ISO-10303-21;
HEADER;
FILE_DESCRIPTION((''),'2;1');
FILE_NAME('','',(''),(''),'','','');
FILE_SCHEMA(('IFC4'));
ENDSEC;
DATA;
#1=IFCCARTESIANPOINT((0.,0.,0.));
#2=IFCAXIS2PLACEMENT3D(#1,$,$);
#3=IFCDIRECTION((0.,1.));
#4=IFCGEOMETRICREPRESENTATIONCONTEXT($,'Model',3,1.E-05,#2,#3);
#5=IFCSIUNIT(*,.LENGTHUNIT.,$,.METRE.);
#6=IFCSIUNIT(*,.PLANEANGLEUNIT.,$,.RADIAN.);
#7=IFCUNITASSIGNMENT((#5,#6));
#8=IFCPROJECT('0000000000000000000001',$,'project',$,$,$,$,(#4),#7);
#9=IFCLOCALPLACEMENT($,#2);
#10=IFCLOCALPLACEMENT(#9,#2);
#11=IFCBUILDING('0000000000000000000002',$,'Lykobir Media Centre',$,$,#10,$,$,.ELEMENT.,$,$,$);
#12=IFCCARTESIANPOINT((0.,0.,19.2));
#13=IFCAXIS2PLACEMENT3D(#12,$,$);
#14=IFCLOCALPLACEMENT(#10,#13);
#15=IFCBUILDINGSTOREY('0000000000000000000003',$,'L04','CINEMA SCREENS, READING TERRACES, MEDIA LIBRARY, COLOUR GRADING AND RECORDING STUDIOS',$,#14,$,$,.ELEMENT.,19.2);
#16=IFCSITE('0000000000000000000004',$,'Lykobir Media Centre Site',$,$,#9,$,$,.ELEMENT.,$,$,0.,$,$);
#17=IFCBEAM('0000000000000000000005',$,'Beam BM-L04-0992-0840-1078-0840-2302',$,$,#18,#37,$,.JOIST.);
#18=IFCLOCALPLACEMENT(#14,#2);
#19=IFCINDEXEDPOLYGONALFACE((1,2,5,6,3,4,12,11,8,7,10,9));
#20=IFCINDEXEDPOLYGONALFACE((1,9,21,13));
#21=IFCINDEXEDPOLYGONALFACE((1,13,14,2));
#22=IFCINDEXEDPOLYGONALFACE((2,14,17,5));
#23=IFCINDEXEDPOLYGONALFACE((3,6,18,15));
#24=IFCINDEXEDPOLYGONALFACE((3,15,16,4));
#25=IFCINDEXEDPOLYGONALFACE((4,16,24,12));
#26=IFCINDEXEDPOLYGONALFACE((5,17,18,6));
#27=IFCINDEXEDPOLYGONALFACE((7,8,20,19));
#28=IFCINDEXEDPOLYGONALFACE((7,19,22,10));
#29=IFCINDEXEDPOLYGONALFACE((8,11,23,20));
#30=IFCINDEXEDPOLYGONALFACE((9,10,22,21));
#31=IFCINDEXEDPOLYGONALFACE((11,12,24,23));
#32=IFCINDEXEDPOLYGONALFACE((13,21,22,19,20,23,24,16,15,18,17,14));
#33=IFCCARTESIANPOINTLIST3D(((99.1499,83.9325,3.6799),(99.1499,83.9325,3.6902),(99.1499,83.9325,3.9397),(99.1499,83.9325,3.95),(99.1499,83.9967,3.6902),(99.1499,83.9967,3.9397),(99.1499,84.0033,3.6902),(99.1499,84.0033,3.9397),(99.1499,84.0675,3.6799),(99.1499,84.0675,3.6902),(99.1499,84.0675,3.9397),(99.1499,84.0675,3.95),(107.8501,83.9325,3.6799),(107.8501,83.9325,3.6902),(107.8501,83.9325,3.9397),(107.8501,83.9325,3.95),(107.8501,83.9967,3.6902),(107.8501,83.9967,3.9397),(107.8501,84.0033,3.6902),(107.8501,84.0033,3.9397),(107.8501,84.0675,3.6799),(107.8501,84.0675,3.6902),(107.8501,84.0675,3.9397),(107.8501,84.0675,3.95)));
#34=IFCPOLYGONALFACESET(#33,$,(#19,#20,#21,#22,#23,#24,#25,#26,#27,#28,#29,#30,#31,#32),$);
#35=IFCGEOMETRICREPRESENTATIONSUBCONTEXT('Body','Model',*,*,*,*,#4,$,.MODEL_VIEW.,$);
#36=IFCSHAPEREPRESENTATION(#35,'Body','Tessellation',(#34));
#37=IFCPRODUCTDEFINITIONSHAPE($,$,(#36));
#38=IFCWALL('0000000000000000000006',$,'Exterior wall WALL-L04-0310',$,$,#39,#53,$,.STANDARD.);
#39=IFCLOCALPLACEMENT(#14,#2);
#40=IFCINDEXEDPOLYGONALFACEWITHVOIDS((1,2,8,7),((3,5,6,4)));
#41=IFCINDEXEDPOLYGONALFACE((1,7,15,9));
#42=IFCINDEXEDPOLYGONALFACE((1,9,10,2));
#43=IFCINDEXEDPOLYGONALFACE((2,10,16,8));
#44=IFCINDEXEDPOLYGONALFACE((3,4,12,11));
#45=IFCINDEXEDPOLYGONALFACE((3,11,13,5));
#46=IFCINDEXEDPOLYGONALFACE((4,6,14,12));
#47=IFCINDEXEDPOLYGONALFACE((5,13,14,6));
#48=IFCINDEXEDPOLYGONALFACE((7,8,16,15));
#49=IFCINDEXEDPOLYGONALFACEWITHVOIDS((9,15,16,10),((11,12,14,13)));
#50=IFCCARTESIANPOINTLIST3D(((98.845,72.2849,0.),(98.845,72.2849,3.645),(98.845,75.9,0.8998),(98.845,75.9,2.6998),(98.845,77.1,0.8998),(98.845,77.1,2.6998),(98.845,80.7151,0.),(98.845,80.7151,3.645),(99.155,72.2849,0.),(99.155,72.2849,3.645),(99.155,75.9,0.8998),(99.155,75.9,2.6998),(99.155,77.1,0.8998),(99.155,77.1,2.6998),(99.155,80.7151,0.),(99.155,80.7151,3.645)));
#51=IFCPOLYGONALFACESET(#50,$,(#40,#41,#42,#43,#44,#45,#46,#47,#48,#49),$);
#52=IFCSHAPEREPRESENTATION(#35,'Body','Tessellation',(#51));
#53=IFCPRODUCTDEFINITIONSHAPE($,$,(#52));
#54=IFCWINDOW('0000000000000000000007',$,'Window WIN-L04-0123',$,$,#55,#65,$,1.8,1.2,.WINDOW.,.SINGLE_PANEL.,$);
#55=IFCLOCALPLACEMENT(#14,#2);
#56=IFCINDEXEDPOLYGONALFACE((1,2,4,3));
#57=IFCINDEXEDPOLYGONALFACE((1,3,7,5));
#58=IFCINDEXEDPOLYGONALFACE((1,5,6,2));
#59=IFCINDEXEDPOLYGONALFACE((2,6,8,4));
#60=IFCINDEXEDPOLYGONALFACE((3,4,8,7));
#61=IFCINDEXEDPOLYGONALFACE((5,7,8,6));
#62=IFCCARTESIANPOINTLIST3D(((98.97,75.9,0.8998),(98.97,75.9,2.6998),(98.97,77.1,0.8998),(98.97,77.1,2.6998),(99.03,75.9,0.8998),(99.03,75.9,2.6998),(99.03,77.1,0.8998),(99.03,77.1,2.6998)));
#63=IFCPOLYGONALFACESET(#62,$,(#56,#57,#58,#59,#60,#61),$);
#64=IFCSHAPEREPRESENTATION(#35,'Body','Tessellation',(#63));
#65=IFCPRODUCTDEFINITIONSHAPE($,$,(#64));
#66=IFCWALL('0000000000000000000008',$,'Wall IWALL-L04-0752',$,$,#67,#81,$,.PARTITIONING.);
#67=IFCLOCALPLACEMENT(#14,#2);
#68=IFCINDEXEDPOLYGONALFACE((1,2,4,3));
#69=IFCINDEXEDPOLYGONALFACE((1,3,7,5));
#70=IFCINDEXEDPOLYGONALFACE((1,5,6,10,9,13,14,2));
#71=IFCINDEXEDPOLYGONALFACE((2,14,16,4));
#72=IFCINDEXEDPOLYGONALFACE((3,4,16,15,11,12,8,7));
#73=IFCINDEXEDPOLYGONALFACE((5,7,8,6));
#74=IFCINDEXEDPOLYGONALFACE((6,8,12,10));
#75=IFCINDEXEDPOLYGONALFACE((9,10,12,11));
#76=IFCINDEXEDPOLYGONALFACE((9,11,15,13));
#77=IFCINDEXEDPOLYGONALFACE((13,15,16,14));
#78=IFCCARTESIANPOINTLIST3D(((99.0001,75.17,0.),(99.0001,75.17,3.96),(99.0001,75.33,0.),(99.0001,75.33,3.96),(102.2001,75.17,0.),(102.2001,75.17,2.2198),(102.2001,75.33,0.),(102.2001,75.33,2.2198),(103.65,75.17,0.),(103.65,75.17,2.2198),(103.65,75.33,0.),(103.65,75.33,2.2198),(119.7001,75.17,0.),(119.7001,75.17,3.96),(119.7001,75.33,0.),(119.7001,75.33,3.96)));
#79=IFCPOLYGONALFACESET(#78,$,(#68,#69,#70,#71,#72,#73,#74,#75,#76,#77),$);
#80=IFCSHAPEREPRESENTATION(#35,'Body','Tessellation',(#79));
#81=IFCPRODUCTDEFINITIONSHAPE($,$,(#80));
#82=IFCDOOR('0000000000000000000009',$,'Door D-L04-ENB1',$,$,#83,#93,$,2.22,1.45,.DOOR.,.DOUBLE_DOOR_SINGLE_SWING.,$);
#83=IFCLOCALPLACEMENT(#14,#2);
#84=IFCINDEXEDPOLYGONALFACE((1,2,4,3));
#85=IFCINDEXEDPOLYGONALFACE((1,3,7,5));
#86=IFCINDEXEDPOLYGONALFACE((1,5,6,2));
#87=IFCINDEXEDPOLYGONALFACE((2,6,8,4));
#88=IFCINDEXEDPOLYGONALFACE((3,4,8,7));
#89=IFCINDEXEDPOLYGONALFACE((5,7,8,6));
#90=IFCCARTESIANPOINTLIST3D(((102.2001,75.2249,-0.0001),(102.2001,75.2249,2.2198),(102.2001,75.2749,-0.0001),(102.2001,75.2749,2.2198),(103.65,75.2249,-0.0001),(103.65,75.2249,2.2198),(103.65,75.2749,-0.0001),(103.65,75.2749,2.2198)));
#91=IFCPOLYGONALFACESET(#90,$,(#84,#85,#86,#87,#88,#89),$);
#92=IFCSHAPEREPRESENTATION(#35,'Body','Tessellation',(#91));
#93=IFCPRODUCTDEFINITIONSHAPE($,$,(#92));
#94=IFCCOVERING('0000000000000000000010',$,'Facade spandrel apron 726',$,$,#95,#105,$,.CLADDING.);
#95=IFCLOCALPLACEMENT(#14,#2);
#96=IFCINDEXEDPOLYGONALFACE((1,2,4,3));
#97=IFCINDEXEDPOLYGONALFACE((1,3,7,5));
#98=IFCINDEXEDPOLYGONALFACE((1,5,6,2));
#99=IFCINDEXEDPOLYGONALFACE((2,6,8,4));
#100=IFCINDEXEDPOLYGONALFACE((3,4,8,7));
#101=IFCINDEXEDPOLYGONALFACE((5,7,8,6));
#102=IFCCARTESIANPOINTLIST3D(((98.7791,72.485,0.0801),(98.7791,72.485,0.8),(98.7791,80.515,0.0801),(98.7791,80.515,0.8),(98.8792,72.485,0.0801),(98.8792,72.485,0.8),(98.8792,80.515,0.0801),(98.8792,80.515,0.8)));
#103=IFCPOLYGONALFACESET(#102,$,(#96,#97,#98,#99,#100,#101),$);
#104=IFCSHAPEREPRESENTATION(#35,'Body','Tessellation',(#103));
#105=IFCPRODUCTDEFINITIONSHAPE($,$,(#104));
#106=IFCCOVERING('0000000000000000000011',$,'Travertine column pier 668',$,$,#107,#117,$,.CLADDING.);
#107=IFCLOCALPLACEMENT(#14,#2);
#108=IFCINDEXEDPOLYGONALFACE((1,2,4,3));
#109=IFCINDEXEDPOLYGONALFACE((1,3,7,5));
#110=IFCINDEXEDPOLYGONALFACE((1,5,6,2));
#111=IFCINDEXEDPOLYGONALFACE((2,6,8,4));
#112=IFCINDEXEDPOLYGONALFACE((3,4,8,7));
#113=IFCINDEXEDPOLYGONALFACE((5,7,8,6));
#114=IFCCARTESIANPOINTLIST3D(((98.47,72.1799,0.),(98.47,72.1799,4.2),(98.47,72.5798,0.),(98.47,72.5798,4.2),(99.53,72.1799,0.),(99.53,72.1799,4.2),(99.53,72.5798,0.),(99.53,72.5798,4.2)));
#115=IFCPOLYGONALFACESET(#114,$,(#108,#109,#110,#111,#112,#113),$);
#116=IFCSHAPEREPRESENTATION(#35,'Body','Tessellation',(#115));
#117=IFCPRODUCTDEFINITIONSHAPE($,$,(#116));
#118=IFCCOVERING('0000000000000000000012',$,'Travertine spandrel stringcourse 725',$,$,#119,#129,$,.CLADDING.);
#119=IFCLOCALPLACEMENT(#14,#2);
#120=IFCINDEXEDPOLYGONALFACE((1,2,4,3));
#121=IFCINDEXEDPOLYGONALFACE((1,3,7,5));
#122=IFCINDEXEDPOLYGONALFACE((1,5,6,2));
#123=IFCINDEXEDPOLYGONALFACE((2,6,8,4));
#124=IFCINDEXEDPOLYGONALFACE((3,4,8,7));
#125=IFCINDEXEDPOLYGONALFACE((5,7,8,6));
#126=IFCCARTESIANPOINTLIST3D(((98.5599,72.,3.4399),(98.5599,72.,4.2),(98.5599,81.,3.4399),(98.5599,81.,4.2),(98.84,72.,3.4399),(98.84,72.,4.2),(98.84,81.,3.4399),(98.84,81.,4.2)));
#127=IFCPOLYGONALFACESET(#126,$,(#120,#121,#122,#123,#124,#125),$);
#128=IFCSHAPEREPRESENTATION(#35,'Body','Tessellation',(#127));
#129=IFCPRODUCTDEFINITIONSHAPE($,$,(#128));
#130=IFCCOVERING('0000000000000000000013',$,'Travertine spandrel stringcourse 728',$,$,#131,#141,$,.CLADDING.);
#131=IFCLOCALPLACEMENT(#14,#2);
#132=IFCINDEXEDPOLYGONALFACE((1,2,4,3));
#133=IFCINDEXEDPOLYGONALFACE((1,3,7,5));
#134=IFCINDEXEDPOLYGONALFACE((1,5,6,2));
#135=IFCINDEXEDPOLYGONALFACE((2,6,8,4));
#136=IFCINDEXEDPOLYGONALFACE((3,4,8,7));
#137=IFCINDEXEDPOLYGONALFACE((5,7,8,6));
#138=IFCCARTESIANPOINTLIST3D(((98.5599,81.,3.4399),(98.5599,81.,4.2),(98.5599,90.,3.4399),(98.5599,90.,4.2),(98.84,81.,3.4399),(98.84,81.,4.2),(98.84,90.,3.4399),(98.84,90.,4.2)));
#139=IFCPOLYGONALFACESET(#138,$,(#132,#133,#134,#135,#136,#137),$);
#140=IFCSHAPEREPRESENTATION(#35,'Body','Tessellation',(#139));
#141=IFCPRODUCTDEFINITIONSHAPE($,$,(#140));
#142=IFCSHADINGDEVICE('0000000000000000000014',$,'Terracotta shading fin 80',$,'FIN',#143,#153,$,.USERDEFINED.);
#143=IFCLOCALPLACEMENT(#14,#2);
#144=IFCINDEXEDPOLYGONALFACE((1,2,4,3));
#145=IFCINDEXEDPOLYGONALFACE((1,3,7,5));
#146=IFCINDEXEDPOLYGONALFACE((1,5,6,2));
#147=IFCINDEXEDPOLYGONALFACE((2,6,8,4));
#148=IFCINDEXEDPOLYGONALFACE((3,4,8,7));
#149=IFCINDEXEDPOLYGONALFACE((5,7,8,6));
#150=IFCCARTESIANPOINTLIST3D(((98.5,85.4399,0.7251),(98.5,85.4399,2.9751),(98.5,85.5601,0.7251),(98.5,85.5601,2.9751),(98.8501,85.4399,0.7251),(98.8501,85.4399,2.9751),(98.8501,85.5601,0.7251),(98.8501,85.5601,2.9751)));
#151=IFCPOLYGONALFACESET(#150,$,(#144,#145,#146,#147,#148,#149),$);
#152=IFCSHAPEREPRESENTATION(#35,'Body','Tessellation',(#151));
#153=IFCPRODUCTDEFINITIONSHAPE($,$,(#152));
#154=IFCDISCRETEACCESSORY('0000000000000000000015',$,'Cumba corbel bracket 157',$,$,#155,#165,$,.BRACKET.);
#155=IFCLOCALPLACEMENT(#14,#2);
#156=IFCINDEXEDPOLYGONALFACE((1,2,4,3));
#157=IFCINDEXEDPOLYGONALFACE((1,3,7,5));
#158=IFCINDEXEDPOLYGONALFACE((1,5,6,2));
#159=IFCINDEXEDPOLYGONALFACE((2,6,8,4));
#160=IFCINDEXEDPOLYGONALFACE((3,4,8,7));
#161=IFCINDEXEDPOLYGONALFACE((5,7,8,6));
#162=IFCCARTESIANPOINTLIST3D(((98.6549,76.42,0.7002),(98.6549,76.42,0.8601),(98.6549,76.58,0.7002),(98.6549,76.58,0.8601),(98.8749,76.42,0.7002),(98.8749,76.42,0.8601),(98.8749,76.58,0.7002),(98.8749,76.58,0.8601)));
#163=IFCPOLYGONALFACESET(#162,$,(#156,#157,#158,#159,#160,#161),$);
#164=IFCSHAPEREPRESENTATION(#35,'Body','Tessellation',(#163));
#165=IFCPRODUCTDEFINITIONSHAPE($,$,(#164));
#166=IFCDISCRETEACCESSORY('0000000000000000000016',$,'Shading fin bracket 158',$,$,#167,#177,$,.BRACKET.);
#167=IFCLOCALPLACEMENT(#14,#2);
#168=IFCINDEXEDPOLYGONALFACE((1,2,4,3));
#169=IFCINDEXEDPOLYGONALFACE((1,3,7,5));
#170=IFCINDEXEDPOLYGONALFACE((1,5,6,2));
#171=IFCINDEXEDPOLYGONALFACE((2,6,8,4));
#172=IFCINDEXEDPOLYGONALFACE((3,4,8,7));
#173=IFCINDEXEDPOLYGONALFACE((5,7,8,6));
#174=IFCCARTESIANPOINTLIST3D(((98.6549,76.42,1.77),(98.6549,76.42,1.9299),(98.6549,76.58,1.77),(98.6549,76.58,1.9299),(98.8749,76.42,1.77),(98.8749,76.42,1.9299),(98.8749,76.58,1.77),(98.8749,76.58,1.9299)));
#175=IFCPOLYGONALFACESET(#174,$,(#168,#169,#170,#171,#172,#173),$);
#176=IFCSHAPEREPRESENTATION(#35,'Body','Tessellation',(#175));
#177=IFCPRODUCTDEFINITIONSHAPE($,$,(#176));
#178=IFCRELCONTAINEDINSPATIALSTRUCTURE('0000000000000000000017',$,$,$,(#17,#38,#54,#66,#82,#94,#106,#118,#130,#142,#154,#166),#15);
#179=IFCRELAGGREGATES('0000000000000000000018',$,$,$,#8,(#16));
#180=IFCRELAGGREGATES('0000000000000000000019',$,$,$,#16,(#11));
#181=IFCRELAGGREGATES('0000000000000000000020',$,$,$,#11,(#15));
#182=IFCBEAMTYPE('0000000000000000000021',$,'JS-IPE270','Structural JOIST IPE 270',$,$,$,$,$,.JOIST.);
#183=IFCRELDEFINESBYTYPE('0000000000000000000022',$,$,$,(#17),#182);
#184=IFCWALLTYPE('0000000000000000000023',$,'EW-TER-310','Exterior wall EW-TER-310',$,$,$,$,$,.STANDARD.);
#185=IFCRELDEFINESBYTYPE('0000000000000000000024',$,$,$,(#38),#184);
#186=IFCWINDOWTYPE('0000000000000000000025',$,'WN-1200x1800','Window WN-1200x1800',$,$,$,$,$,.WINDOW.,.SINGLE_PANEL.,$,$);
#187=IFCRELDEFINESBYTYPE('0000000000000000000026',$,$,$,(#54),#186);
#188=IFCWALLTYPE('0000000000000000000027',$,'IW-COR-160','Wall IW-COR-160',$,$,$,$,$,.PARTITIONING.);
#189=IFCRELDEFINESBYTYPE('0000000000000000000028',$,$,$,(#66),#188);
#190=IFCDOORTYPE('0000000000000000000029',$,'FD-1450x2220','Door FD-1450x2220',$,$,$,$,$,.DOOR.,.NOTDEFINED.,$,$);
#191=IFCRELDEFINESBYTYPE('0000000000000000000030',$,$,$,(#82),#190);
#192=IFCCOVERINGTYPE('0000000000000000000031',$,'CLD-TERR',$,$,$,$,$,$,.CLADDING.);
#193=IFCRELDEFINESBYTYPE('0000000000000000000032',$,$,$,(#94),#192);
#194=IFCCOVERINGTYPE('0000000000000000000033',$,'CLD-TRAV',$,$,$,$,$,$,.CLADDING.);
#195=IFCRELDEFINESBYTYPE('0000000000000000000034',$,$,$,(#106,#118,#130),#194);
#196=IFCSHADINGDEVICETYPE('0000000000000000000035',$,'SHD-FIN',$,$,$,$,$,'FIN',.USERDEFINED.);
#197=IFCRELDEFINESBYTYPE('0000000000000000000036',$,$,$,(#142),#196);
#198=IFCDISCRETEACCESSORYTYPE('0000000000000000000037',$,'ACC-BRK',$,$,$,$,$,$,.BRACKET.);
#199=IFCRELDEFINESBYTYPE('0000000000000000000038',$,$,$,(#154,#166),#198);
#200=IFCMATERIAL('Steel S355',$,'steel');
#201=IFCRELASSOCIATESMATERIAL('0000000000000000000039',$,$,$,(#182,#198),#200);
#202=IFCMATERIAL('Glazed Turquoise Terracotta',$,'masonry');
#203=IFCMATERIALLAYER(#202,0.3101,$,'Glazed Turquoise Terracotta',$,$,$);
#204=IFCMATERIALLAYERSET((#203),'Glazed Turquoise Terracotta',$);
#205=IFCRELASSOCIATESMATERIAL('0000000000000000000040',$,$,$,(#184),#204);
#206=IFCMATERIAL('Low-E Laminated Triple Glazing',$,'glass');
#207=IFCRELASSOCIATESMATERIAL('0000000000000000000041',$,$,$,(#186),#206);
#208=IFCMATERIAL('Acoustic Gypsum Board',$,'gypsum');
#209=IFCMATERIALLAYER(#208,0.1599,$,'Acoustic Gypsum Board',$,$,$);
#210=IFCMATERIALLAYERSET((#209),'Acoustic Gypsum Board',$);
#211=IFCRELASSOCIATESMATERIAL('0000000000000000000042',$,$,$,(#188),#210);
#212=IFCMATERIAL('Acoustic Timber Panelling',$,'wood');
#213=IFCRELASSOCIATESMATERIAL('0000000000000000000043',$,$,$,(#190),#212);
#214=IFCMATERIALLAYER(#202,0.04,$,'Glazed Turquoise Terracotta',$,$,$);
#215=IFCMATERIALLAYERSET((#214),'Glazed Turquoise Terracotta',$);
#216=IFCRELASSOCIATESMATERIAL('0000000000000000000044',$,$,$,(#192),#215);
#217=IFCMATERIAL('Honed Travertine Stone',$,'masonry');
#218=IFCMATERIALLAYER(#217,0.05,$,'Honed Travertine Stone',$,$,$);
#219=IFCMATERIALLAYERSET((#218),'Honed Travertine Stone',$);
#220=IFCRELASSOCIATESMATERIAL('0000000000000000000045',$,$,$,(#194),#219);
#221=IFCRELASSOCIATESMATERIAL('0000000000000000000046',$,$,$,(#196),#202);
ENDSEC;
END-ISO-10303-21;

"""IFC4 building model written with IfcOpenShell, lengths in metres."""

from ifc_helpers import new_model, si_unit, direction, frame, frame_2d, origin, origin_2d, place, context, subcontext, project, spatial, rectangle, i_section, extrude, material, layer, layer_set, material_profile, profile_set, type_object, element, fill, save


model = new_model("IFC4")

# Units and contexts
model_context = context("Model", 3, precision=1e-05, world=origin(), true_north=direction((0.0, 1.0)))
body_context = subcontext(model_context, "Body", "Model", "MODEL_VIEW")
ifc_project = project(units=[si_unit("LENGTHUNIT", "METRE"), si_unit("PLANEANGLEUNIT", "RADIAN")], contexts=[model_context])

# Site, building, storey
site_placement = place(None, origin())
site = spatial("IfcSite", under=ifc_project, at=site_placement, Name="Lykobir Media Centre Site", CompositionType="ELEMENT", RefElevation=0.0)
building_placement = place(site_placement, origin())
building = spatial("IfcBuilding", under=site, at=building_placement, Name="Lykobir Media Centre", CompositionType="ELEMENT")
storey_placement = place(building_placement, frame((0.0, 0.0, 19.2)))
storey = spatial("IfcBuildingStorey", under=building, at=storey_placement, Name="L04", Description="CINEMA SCREENS, READING TERRACES, MEDIA LIBRARY, COLOUR GRADING AND RECORDING STUDIOS", CompositionType="ELEMENT", Elevation=19.2)

# Shared definitions
ifc_material_1 = material(Name="Steel S355", Category="steel")

# Beam
ifc_material_profile_1 = material_profile(ifc_material_1, i_section(OverallWidth=0.135, OverallDepth=0.27, WebThickness=0.0066, FlangeThickness=0.0103, at=origin_2d()), Name="IPE 270")
ifc_profile_set_1 = profile_set([ifc_material_profile_1], Name="Steel S355")
beam_type_1 = type_object("IfcBeamType", Name="JS-IPE270", Description="Structural JOIST IPE 270", PredefinedType="JOIST", material=ifc_profile_set_1)
for number, where, z_axis, x_axis, name in (
    (1, (99.1499, 84.0, 3.8149), (1.0, 0.0, 0.0), (0.0, 1.0, 0.0), "Beam BM-L04-0992-0840-1078-0840-2302"),
):
    element("IfcBeam", number, at=place(storey_placement, frame(where, z_axis=z_axis, x_axis=x_axis)), inside=storey, type_object=beam_type_1, Name=name, PredefinedType="JOIST", context=body_context, shape_type="SweptSolid", body=[
        extrude(i_section(OverallWidth=0.135, OverallDepth=0.27, WebThickness=0.0066, FlangeThickness=0.0103, at=origin_2d()), origin(), (0.0, 0.0, 1.0), 8.7002),
    ])

# Wall, opening, window
ifc_material_2 = material(Name="Glazed Turquoise Terracotta", Category="masonry")
ifc_layer_1 = layer(ifc_material_2, 0.3101, Name="Glazed Turquoise Terracotta")
ifc_layer_set_1 = layer_set([ifc_layer_1], Name="Glazed Turquoise Terracotta")
wall_type_1 = type_object("IfcWallType", Name="EW-TER-310", Description="Exterior wall EW-TER-310", PredefinedType="STANDARD", material=ifc_layer_set_1)
wall_1_placement = place(storey_placement, frame((99.0, 80.7151, 0.0), z_axis=(0.0, 0.0, 1.0), x_axis=(0.0, -1.0, 0.0)))
wall_1 = element("IfcWall", 2, at=wall_1_placement, inside=storey, type_object=wall_type_1, Name="Exterior wall WALL-L04-0310", PredefinedType="STANDARD", context=body_context, shape_type="SweptSolid", body=[
    extrude(rectangle(XDim=8.4302, YDim=0.3101, at=frame_2d((4.2151, 0.0))), origin(), (0.0, 0.0, 1.0), 3.645),
])
opening_1_placement = place(wall_1_placement, frame((3.615, 0.0, 0.8999)))
opening_1 = element("IfcOpeningElement", 3, at=opening_1_placement, cuts=wall_1, PredefinedType="OPENING", context=body_context, shape_type="SweptSolid", body=[
    extrude(rectangle(XDim=1.2, YDim=1.8, at=frame_2d((0.6001, 0.8999))), frame((0.0, 0.165, 0.0), z_axis=(0.0, -1.0, 0.0), x_axis=(1.0, 0.0, 0.0)), (0.0, 0.0, 1.0), 0.3301),
])
ifc_material_3 = material(Name="Low-E Laminated Triple Glazing", Category="glass")
window_type = type_object("IfcWindowType", Name="WN-1200x1800", Description="Window WN-1200x1800", PartitioningType="SINGLE_PANEL", PredefinedType="WINDOW", material=ifc_material_3)
window_placement = place(opening_1_placement, origin())
window = element("IfcWindow", 4, at=window_placement, inside=storey, type_object=window_type, Name="Window WIN-L04-0123", OverallHeight=1.8, OverallWidth=1.2, PartitioningType="SINGLE_PANEL", PredefinedType="WINDOW", context=body_context, shape_type="SweptSolid", body=[
    extrude(rectangle(XDim=1.2, YDim=1.8, at=frame_2d((0.6001, 0.8999))), frame((0.0, 0.03, 0.0), z_axis=(0.0, -1.0, 0.0), x_axis=(1.0, 0.0, 0.0)), (0.0, 0.0, 1.0), 0.0601),
])
fill(opening_1, window)

# Wall, opening, door
ifc_material_4 = material(Name="Acoustic Gypsum Board", Category="gypsum")
ifc_layer_2 = layer(ifc_material_4, 0.1599, Name="Acoustic Gypsum Board")
ifc_layer_set_2 = layer_set([ifc_layer_2], Name="Acoustic Gypsum Board")
wall_type_2 = type_object("IfcWallType", Name="IW-COR-160", Description="Wall IW-COR-160", PredefinedType="PARTITIONING", material=ifc_layer_set_2)
wall_2_placement = place(storey_placement, frame((99.0, 75.25, 0.0), z_axis=(0.0, 0.0, 1.0), x_axis=(1.0, 0.0, 0.0)))
wall_2 = element("IfcWall", 5, at=wall_2_placement, inside=storey, type_object=wall_type_2, Name="Wall IWALL-L04-0752", PredefinedType="PARTITIONING", context=body_context, shape_type="SweptSolid", body=[
    extrude(rectangle(XDim=20.7, YDim=0.1599, at=frame_2d((10.3501, 0.0))), origin(), (0.0, 0.0, 1.0), 3.96),
])
opening_2_placement = place(wall_2_placement, frame((3.2, 0.0, 0.0)))
opening_2 = element("IfcOpeningElement", 6, at=opening_2_placement, cuts=wall_2, PredefinedType="OPENING", context=body_context, shape_type="SweptSolid", body=[
    extrude(rectangle(XDim=1.45, YDim=2.22, at=frame_2d((0.7251, 1.1099))), frame((0.0, 0.0898, 0.0), z_axis=(0.0, -1.0, 0.0), x_axis=(1.0, 0.0, 0.0)), (0.0, 0.0, 1.0), 0.1799),
])
ifc_material_5 = material(Name="Acoustic Timber Panelling", Category="wood")
door_type = type_object("IfcDoorType", Name="FD-1450x2220", Description="Door FD-1450x2220", OperationType="NOTDEFINED", PredefinedType="DOOR", material=ifc_material_5)
door_placement = place(opening_2_placement, origin())
door = element("IfcDoor", 7, at=door_placement, inside=storey, type_object=door_type, Name="Door D-L04-ENB1", OperationType="DOUBLE_DOOR_SINGLE_SWING", OverallHeight=2.22, OverallWidth=1.45, PredefinedType="DOOR", context=body_context, shape_type="SweptSolid", body=[
    extrude(rectangle(XDim=1.45, YDim=2.22, at=frame_2d((0.7251, 1.1099))), frame((0.0, 0.0249, 0.0), z_axis=(0.0, -1.0, 0.0), x_axis=(1.0, 0.0, 0.0)), (0.0, 0.0, 1.0), 0.05),
])
fill(opening_2, door)

# Coverings
ifc_layer_3 = layer(ifc_material_2, 0.04, Name="Glazed Turquoise Terracotta")
ifc_layer_set_3 = layer_set([ifc_layer_3], Name="Glazed Turquoise Terracotta")
covering_type_1 = type_object("IfcCoveringType", Name="CLD-TERR", PredefinedType="CLADDING", material=ifc_layer_set_3)
covering_1_placement = place(storey_placement, frame((98.8291, 76.5, 0.0801), z_axis=(0.0, 0.0, 1.0), x_axis=(0.0, -1.0, 0.0)))
element("IfcCovering", 8, at=covering_1_placement, inside=storey, type_object=covering_type_1, Name="Facade spandrel apron 726", PredefinedType="CLADDING", context=body_context, shape_type="SweptSolid", body=[
    extrude(rectangle(XDim=8.03, YDim=0.1001, at=origin_2d()), origin(), (0.0, 0.0, 1.0), 0.72),
])
ifc_material_6 = material(Name="Honed Travertine Stone", Category="masonry")
ifc_layer_4 = layer(ifc_material_6, 0.05, Name="Honed Travertine Stone")
ifc_layer_set_4 = layer_set([ifc_layer_4], Name="Honed Travertine Stone")
covering_type_2 = type_object("IfcCoveringType", Name="CLD-TRAV", PredefinedType="CLADDING", material=ifc_layer_set_4)
covering_2_placement = place(storey_placement, frame((99.0, 72.3799, 0.0), z_axis=(0.0, 0.0, 1.0), x_axis=(-1.0, 0.0, 0.0)))
element("IfcCovering", 9, at=covering_2_placement, inside=storey, type_object=covering_type_2, Name="Travertine column pier 668", PredefinedType="CLADDING", context=body_context, shape_type="SweptSolid", body=[
    extrude(rectangle(XDim=1.0601, YDim=0.3999, at=origin_2d()), origin(), (0.0, 0.0, 1.0), 4.2),
])
for number, where, z_axis, x_axis, name in (
    (10, (98.7, 76.5, 3.4399), (0.0, 0.0, 1.0), (0.0, -1.0, 0.0), "Travertine spandrel stringcourse 725"),
    (11, (98.7, 85.5, 3.4399), (0.0, 0.0, 1.0), (0.0, -1.0, 0.0), "Travertine spandrel stringcourse 728"),
):
    element("IfcCovering", number, at=place(storey_placement, frame(where, z_axis=z_axis, x_axis=x_axis)), inside=storey, type_object=covering_type_2, Name=name, PredefinedType="CLADDING", context=body_context, shape_type="SweptSolid", body=[
        extrude(rectangle(XDim=9.0, YDim=0.28, at=origin_2d()), origin(), (0.0, 0.0, 1.0), 0.76),
    ])

# Shading device
shading_device_type = type_object("IfcShadingDeviceType", Name="SHD-FIN", ElementType="FIN", PredefinedType="USERDEFINED", material=ifc_material_2)
shading_device_placement = place(storey_placement, frame((98.675, 85.5, 0.7251), z_axis=(0.0, 0.0, 1.0), x_axis=(0.0, -1.0, 0.0)))
element("IfcShadingDevice", 12, at=shading_device_placement, inside=storey, type_object=shading_device_type, Name="Terracotta shading fin 80", ObjectType="FIN", PredefinedType="USERDEFINED", context=body_context, shape_type="SweptSolid", body=[
    extrude(rectangle(XDim=0.1201, YDim=0.3501, at=origin_2d()), origin(), (0.0, 0.0, 1.0), 2.25),
])

# Discrete accessories
discrete_accessory_type = type_object("IfcDiscreteAccessoryType", Name="ACC-BRK", PredefinedType="BRACKET", material=ifc_material_1)
for number, where, z_axis, x_axis, name in (
    (13, (98.7649, 76.5, 0.7002), (0.0, 0.0, 1.0), (0.0, -1.0, 0.0), "Cumba corbel bracket 157"),
    (14, (98.7649, 76.5, 1.77), (0.0, 0.0, 1.0), (0.0, -1.0, 0.0), "Shading fin bracket 158"),
):
    element("IfcDiscreteAccessory", number, at=place(storey_placement, frame(where, z_axis=z_axis, x_axis=x_axis)), inside=storey, type_object=discrete_accessory_type, Name=name, PredefinedType="BRACKET", context=body_context, shape_type="SweptSolid", body=[
        extrude(rectangle(XDim=0.1599, YDim=0.22, at=origin_2d()), origin(), (0.0, 0.0, 1.0), 0.1599),
    ])

save(model, "model.ifc")
